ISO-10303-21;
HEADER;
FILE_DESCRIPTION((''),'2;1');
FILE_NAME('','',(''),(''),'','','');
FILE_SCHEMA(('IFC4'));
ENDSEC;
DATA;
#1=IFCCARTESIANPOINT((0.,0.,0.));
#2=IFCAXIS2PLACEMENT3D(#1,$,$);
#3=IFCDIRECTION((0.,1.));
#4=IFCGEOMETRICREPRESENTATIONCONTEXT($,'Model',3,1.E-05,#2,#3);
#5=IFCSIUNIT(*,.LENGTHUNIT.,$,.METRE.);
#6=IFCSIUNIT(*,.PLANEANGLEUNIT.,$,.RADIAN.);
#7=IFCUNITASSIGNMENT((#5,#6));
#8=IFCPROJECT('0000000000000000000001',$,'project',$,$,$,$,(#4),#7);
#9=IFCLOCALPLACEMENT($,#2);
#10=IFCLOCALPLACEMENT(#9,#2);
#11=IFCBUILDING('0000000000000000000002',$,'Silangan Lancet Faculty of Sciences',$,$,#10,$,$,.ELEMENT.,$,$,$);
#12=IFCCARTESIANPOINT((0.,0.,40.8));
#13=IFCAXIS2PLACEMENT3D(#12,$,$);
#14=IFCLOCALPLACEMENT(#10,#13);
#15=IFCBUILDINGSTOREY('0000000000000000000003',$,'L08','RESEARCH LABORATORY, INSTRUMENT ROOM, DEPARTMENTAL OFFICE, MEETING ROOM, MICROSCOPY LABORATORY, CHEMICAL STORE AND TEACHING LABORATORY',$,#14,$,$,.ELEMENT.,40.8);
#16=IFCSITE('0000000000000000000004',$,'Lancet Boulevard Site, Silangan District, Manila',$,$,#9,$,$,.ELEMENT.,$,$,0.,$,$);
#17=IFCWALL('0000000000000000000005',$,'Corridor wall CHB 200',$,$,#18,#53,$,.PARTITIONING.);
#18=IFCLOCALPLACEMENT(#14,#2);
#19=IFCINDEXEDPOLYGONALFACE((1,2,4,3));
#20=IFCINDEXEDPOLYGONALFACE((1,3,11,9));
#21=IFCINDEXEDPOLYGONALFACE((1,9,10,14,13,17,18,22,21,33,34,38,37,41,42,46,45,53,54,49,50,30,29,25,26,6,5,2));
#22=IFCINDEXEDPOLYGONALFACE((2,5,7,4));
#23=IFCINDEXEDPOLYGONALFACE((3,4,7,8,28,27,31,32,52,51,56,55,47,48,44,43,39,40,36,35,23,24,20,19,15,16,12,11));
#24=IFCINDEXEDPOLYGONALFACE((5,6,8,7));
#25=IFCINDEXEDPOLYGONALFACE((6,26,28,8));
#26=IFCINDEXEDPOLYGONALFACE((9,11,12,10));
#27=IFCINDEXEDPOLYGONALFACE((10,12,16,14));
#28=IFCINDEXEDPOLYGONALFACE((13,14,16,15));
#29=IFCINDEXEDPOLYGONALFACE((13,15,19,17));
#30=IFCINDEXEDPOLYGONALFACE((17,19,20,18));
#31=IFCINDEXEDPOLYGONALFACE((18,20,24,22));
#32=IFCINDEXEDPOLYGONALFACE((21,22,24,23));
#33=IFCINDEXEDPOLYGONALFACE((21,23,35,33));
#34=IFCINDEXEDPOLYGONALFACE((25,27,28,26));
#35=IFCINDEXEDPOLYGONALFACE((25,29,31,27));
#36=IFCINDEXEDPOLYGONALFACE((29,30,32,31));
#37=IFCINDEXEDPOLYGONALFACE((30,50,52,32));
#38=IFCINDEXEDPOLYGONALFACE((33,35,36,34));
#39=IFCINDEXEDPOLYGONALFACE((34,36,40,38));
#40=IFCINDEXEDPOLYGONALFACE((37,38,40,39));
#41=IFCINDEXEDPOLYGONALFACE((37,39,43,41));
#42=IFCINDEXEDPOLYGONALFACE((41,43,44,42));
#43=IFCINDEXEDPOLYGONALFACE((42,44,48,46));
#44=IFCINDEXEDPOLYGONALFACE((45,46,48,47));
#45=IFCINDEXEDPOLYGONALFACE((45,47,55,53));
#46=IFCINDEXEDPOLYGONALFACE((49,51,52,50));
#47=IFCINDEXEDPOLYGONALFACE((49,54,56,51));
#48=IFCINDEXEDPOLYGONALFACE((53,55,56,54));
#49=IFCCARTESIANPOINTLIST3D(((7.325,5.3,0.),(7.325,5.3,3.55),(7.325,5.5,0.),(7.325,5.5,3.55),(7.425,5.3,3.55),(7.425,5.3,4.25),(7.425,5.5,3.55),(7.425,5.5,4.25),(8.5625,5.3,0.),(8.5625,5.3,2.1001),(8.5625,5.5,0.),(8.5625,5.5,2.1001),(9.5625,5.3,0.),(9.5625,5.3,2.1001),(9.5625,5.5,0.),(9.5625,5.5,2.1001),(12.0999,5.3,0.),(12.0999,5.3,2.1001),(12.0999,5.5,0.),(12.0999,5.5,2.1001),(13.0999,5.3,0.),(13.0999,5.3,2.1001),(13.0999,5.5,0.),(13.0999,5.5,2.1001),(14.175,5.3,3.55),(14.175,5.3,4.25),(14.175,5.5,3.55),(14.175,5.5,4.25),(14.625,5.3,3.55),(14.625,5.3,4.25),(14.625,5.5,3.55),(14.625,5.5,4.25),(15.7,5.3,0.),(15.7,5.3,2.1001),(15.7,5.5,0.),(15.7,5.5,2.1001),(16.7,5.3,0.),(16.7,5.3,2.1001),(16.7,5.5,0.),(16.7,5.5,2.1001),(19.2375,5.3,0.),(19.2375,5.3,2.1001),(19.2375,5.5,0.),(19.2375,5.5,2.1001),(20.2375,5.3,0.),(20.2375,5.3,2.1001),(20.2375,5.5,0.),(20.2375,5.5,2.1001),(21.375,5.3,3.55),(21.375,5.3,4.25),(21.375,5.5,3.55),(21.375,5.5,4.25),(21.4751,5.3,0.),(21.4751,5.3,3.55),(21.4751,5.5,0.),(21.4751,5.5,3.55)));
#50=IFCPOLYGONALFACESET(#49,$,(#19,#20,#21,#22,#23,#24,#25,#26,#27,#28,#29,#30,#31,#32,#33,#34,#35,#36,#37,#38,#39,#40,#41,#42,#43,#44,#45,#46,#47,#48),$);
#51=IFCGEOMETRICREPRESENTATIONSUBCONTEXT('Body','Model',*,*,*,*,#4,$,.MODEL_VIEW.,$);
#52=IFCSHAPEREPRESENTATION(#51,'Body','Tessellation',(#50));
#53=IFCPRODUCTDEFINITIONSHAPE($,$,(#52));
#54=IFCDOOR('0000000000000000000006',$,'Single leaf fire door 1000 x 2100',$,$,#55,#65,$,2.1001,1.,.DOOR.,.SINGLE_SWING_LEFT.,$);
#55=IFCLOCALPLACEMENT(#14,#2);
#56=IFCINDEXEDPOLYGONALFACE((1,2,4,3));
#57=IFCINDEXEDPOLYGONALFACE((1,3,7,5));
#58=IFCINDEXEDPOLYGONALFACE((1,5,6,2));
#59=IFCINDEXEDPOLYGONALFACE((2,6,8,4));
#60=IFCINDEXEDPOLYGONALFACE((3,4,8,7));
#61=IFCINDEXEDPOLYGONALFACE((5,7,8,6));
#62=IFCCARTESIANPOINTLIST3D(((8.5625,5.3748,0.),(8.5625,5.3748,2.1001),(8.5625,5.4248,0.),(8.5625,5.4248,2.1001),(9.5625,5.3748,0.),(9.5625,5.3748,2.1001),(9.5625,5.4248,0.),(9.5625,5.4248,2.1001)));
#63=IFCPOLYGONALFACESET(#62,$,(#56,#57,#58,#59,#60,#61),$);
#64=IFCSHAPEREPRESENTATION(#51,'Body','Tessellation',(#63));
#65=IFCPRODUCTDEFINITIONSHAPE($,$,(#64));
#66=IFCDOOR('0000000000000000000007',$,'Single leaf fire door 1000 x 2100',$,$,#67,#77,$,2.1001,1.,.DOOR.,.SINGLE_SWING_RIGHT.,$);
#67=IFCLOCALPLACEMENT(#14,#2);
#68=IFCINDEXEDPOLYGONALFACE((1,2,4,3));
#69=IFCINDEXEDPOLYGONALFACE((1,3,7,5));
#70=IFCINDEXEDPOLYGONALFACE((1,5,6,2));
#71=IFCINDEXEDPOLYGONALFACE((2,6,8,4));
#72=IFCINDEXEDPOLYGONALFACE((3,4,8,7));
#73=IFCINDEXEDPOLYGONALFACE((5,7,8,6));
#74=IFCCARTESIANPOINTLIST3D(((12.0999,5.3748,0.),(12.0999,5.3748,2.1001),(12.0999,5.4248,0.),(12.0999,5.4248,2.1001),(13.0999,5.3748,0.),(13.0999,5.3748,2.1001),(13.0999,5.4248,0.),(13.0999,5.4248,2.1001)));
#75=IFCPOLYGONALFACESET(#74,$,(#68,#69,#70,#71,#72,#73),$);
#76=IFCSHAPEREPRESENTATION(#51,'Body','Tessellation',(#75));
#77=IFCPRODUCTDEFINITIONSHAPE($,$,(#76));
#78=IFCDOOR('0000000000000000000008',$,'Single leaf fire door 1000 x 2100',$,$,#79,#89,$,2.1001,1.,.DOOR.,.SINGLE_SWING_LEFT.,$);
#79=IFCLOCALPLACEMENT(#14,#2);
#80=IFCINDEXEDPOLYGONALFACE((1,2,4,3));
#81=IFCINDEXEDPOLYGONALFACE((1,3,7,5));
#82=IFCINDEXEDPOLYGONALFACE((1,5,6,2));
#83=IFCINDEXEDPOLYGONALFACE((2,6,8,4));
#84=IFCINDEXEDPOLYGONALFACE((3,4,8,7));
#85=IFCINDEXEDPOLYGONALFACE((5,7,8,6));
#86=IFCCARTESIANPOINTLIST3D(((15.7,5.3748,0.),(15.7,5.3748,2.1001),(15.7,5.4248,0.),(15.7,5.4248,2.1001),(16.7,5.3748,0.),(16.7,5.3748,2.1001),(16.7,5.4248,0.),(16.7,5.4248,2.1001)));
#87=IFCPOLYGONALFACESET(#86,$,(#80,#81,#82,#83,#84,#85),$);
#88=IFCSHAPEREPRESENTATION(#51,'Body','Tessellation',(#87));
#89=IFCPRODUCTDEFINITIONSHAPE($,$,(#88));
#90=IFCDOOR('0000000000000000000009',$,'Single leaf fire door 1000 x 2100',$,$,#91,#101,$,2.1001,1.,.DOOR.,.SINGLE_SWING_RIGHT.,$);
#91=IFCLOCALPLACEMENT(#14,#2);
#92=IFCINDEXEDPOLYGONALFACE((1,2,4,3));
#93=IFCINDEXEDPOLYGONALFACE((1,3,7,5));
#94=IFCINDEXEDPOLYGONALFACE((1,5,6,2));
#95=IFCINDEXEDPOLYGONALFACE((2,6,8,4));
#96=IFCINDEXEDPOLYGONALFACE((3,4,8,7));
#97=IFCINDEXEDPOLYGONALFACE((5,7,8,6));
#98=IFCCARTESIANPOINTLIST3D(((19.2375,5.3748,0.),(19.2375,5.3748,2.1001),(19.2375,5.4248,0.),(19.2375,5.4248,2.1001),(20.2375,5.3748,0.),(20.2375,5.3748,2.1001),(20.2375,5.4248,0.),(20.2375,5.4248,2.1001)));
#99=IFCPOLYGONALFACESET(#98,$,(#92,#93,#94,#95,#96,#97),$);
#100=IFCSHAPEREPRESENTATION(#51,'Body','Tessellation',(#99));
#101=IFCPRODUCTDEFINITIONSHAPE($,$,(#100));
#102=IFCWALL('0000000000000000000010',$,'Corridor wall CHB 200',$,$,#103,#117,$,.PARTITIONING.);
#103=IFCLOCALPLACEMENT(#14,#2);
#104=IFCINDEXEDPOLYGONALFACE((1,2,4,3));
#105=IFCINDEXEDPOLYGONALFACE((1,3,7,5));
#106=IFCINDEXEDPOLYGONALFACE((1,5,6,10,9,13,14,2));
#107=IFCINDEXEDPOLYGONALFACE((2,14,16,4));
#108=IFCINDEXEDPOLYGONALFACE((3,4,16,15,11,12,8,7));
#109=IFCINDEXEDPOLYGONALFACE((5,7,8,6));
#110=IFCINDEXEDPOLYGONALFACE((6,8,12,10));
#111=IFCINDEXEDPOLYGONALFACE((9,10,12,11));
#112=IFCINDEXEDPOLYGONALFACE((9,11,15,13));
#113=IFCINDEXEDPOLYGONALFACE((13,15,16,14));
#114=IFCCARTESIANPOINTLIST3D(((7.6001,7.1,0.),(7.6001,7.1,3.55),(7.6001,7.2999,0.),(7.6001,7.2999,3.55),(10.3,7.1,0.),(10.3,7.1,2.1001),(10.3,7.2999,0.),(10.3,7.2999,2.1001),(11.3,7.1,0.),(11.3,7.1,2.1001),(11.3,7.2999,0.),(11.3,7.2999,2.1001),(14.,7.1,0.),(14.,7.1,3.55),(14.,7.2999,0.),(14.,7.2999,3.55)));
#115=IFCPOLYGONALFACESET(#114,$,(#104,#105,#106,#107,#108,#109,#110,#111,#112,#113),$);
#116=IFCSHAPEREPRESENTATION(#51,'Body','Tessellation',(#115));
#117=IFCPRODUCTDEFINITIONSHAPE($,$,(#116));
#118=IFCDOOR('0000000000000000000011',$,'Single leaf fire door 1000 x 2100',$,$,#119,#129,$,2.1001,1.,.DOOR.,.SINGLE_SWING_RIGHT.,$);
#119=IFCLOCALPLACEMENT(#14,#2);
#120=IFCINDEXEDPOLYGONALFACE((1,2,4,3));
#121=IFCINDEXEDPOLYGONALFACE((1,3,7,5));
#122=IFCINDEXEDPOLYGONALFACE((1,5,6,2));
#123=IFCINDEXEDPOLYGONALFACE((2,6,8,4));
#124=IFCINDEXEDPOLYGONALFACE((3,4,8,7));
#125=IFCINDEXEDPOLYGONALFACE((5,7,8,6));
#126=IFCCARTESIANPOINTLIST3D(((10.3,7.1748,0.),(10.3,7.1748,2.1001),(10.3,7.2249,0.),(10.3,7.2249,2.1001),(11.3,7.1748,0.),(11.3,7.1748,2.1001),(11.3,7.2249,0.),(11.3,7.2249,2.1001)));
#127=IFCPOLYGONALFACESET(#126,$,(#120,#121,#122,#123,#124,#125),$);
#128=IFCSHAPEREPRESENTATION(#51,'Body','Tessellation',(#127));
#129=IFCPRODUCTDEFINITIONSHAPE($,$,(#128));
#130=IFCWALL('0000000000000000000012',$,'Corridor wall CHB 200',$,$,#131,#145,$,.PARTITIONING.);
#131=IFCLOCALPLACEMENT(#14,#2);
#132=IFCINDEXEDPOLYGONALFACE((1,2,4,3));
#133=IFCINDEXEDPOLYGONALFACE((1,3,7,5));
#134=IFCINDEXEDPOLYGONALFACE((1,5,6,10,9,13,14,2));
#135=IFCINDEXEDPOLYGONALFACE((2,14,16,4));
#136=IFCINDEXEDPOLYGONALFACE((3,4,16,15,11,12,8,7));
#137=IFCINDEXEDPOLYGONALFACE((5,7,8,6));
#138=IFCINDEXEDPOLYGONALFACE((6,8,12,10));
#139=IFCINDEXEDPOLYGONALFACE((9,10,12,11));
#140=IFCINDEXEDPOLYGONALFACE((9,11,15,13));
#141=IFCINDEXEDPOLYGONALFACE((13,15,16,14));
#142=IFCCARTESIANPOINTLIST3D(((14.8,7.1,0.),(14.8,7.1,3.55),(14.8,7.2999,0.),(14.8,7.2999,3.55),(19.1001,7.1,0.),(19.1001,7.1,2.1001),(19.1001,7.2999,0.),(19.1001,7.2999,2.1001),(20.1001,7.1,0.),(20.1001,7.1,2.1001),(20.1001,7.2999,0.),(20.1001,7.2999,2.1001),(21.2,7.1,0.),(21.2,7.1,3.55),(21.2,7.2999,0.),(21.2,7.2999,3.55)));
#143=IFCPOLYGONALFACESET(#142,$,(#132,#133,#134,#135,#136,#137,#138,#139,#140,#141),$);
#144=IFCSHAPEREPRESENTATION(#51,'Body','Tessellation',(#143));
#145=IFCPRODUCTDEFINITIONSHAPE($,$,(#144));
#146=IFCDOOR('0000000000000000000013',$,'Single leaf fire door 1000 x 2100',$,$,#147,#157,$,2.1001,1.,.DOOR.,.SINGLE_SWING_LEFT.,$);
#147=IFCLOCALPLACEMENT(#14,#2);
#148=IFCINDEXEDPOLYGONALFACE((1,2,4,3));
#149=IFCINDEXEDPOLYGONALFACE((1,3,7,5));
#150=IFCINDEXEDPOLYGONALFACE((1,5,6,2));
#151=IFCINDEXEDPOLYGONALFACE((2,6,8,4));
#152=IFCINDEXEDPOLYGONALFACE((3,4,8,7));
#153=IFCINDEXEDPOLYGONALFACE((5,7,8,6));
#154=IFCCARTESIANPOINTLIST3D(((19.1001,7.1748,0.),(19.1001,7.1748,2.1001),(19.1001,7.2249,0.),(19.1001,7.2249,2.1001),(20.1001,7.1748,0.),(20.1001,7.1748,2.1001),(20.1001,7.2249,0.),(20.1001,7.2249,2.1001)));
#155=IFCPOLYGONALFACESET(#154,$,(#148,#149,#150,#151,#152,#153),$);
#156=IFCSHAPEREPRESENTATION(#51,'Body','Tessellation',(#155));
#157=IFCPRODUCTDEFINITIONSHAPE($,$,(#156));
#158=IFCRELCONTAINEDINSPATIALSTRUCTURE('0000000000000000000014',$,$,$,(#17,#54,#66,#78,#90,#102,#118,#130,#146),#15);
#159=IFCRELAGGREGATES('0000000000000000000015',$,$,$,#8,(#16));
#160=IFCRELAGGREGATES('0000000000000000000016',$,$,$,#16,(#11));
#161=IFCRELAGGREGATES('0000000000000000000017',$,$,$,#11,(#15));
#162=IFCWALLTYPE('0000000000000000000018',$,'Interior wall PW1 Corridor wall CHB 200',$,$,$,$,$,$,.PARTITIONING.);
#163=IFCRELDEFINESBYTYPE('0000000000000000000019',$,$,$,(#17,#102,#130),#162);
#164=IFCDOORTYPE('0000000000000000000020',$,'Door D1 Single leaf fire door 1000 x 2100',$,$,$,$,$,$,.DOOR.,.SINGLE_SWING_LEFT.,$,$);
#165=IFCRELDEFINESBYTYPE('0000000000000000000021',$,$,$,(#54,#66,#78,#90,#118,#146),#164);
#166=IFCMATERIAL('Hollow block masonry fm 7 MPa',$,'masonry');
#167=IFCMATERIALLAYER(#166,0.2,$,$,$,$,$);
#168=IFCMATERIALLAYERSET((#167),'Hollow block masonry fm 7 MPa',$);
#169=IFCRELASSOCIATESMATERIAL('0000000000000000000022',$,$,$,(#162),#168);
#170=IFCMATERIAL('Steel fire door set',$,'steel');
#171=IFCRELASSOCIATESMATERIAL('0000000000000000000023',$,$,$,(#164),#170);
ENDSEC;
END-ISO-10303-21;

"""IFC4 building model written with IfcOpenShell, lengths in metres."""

from ifc_helpers import new_model, si_unit, direction, frame, frame_2d, origin, place, context, subcontext, project, spatial, polyline, rectangle, outline, extrude, material, layer, layer_set, type_object, element, fill, save


model = new_model("IFC4")

# Units and contexts
model_context = context("Model", 3, precision=1e-05, world=origin(), true_north=direction((0.0, 1.0)))
body_context = subcontext(model_context, "Body", "Model", "MODEL_VIEW")
ifc_project = project(units=[si_unit("LENGTHUNIT", "METRE"), si_unit("PLANEANGLEUNIT", "RADIAN")], contexts=[model_context])

# Site, building, storey
site_placement = place(None, origin())
site = spatial("IfcSite", under=ifc_project, at=site_placement, Name="Lancet Boulevard Site, Silangan District, Manila", CompositionType="ELEMENT", RefElevation=0.0)
building_placement = place(site_placement, origin())
building = spatial("IfcBuilding", under=site, at=building_placement, Name="Silangan Lancet Faculty of Sciences", CompositionType="ELEMENT")
storey_placement = place(building_placement, frame((0.0, 0.0, 40.8)))
storey = spatial("IfcBuildingStorey", under=building, at=storey_placement, Name="L08", Description="RESEARCH LABORATORY, INSTRUMENT ROOM, DEPARTMENTAL OFFICE, MEETING ROOM, MICROSCOPY LABORATORY, CHEMICAL STORE AND TEACHING LABORATORY", CompositionType="ELEMENT", Elevation=40.8)

# Wall, openings, doors
ifc_material_1 = material(Name="Hollow block masonry fm 7 MPa", Category="masonry")
ifc_layer_1 = layer(ifc_material_1, 0.2)
ifc_layer_set_1 = layer_set([ifc_layer_1], Name="Hollow block masonry fm 7 MPa")
wall_type_1 = type_object("IfcWallType", Name="Interior wall PW1 Corridor wall CHB 200", PredefinedType="PARTITIONING", material=ifc_layer_set_1)
wall_1_placement = place(storey_placement, frame((7.325, 5.3999, 0.0), z_axis=(0.0, 0.0, 1.0), x_axis=(1.0, 0.0, 0.0)))
wall_1 = element("IfcWall", 1, at=wall_1_placement, inside=storey, type_object=wall_type_1, Name="Corridor wall CHB 200", PredefinedType="PARTITIONING", context=body_context, shape_type="SweptSolid", body=[
    extrude(outline(polyline([(0.0, 0.0), (14.1501, 0.0), (14.1501, 3.55), (14.05, 3.55), (14.05, 4.25), (7.3, 4.25), (7.3, 3.55), (6.8501, 3.55), (6.8501, 4.25), (0.1001, 4.25), (0.1001, 3.55), (0.0, 3.55), (0.0, 0.0)])), frame((0.0, 0.1001, 0.0), z_axis=(0.0, -1.0, 0.0), x_axis=(1.0, 0.0, 0.0)), (0.0, 0.0, 1.0), 0.2),
])
opening_1_placement = place(wall_1_placement, frame((1.2375, 0.0, 0.0)))
opening_1 = element("IfcOpeningElement", 2, at=opening_1_placement, cuts=wall_1, PredefinedType="OPENING", context=body_context, shape_type="SweptSolid", body=[
    extrude(rectangle(XDim=1.0, YDim=2.1001, at=frame_2d((0.5, 1.05))), frame((0.0, 0.1099, 0.0), z_axis=(0.0, -1.0, 0.0), x_axis=(1.0, 0.0, 0.0)), (0.0, 0.0, 1.0), 0.22),
])
opening_2_placement = place(wall_1_placement, frame((4.7749, 0.0, 0.0)))
opening_2 = element("IfcOpeningElement", 3, at=opening_2_placement, cuts=wall_1, PredefinedType="OPENING", context=body_context, shape_type="SweptSolid", body=[
    extrude(rectangle(XDim=1.0, YDim=2.1001, at=frame_2d((0.5, 1.05))), frame((0.0, 0.1099, 0.0), z_axis=(0.0, -1.0, 0.0), x_axis=(1.0, 0.0, 0.0)), (0.0, 0.0, 1.0), 0.22),
])
opening_3_placement = place(wall_1_placement, frame((8.375, 0.0, 0.0)))
opening_3 = element("IfcOpeningElement", 4, at=opening_3_placement, cuts=wall_1, PredefinedType="OPENING", context=body_context, shape_type="SweptSolid", body=[
    extrude(rectangle(XDim=1.0, YDim=2.1001, at=frame_2d((0.5, 1.05))), frame((0.0, 0.1099, 0.0), z_axis=(0.0, -1.0, 0.0), x_axis=(1.0, 0.0, 0.0)), (0.0, 0.0, 1.0), 0.22),
])
opening_4_placement = place(wall_1_placement, frame((11.9126, 0.0, 0.0)))
opening_4 = element("IfcOpeningElement", 5, at=opening_4_placement, cuts=wall_1, PredefinedType="OPENING", context=body_context, shape_type="SweptSolid", body=[
    extrude(rectangle(XDim=1.0, YDim=2.1001, at=frame_2d((0.5, 1.05))), frame((0.0, 0.1099, 0.0), z_axis=(0.0, -1.0, 0.0), x_axis=(1.0, 0.0, 0.0)), (0.0, 0.0, 1.0), 0.22),
])
ifc_material_2 = material(Name="Steel fire door set", Category="steel")
door_type_1 = type_object("IfcDoorType", Name="Door D1 Single leaf fire door 1000 x 2100", OperationType="SINGLE_SWING_LEFT", PredefinedType="DOOR", material=ifc_material_2)
door_1_placement = place(opening_1_placement, frame((1.0, 0.0, 0.0), z_axis=(0.0, 0.0, 1.0), x_axis=(-1.0, 0.0, 0.0)))
door_1 = element("IfcDoor", 6, at=door_1_placement, inside=storey, type_object=door_type_1, Name="Single leaf fire door 1000 x 2100", OperationType="SINGLE_SWING_LEFT", OverallHeight=2.1001, OverallWidth=1.0, PredefinedType="DOOR", context=body_context, shape_type="SweptSolid", body=[
    extrude(rectangle(XDim=1.0, YDim=2.1001, at=frame_2d((0.5, 1.05))), frame((0.0, 0.0251, 0.0), z_axis=(0.0, -1.0, 0.0), x_axis=(1.0, 0.0, 0.0)), (0.0, 0.0, 1.0), 0.05),
])
fill(opening_1, door_1)
door_2_placement = place(opening_2_placement, frame((1.0, 0.0, 0.0), z_axis=(0.0, 0.0, 1.0), x_axis=(-1.0, 0.0, 0.0)))
door_2 = element("IfcDoor", 7, at=door_2_placement, inside=storey, type_object=door_type_1, Name="Single leaf fire door 1000 x 2100", OperationType="SINGLE_SWING_RIGHT", OverallHeight=2.1001, OverallWidth=1.0, PredefinedType="DOOR", context=body_context, shape_type="SweptSolid", body=[
    extrude(rectangle(XDim=1.0, YDim=2.1001, at=frame_2d((0.5, 1.05))), frame((0.0, 0.0251, 0.0), z_axis=(0.0, -1.0, 0.0), x_axis=(1.0, 0.0, 0.0)), (0.0, 0.0, 1.0), 0.05),
])
fill(opening_2, door_2)
door_3_placement = place(opening_3_placement, frame((1.0, 0.0, 0.0), z_axis=(0.0, 0.0, 1.0), x_axis=(-1.0, 0.0, 0.0)))
door_3 = element("IfcDoor", 8, at=door_3_placement, inside=storey, type_object=door_type_1, Name="Single leaf fire door 1000 x 2100", OperationType="SINGLE_SWING_LEFT", OverallHeight=2.1001, OverallWidth=1.0, PredefinedType="DOOR", context=body_context, shape_type="SweptSolid", body=[
    extrude(rectangle(XDim=1.0, YDim=2.1001, at=frame_2d((0.5, 1.05))), frame((0.0, 0.0251, 0.0), z_axis=(0.0, -1.0, 0.0), x_axis=(1.0, 0.0, 0.0)), (0.0, 0.0, 1.0), 0.05),
])
fill(opening_3, door_3)
door_4_placement = place(opening_4_placement, frame((1.0, 0.0, 0.0), z_axis=(0.0, 0.0, 1.0), x_axis=(-1.0, 0.0, 0.0)))
door_4 = element("IfcDoor", 9, at=door_4_placement, inside=storey, type_object=door_type_1, Name="Single leaf fire door 1000 x 2100", OperationType="SINGLE_SWING_RIGHT", OverallHeight=2.1001, OverallWidth=1.0, PredefinedType="DOOR", context=body_context, shape_type="SweptSolid", body=[
    extrude(rectangle(XDim=1.0, YDim=2.1001, at=frame_2d((0.5, 1.05))), frame((0.0, 0.0251, 0.0), z_axis=(0.0, -1.0, 0.0), x_axis=(1.0, 0.0, 0.0)), (0.0, 0.0, 1.0), 0.05),
])
fill(opening_4, door_4)

# Walls, openings, doors
wall_2_placement = place(storey_placement, frame((7.6001, 7.2, 0.0), z_axis=(0.0, 0.0, 1.0), x_axis=(1.0, 0.0, 0.0)))
wall_2 = element("IfcWall", 10, at=wall_2_placement, inside=storey, type_object=wall_type_1, Name="Corridor wall CHB 200", PredefinedType="PARTITIONING", context=body_context, shape_type="SweptSolid", body=[
    extrude(rectangle(XDim=6.3999, YDim=0.2, at=frame_2d((3.2, 0.0))), origin(), (0.0, 0.0, 1.0), 3.55),
])
opening_5_placement = place(wall_2_placement, frame((2.7, 0.0, 0.0)))
opening_5 = element("IfcOpeningElement", 11, at=opening_5_placement, cuts=wall_2, PredefinedType="OPENING", context=body_context, shape_type="SweptSolid", body=[
    extrude(rectangle(XDim=1.0, YDim=2.1001, at=frame_2d((0.5, 1.05))), frame((0.0, 0.1099, 0.0), z_axis=(0.0, -1.0, 0.0), x_axis=(1.0, 0.0, 0.0)), (0.0, 0.0, 1.0), 0.22),
])
door_5_placement = place(opening_5_placement, frame((1.0, 0.0, 0.0), z_axis=(0.0, 0.0, 1.0), x_axis=(-1.0, 0.0, 0.0)))
door_5 = element("IfcDoor", 12, at=door_5_placement, inside=storey, type_object=door_type_1, Name="Single leaf fire door 1000 x 2100", OperationType="SINGLE_SWING_RIGHT", OverallHeight=2.1001, OverallWidth=1.0, PredefinedType="DOOR", context=body_context, shape_type="SweptSolid", body=[
    extrude(rectangle(XDim=1.0, YDim=2.1001, at=frame_2d((0.5, 1.05))), frame((0.0, 0.0251, 0.0), z_axis=(0.0, -1.0, 0.0), x_axis=(1.0, 0.0, 0.0)), (0.0, 0.0, 1.0), 0.05),
])
fill(opening_5, door_5)
wall_3_placement = place(storey_placement, frame((14.8, 7.2, 0.0), z_axis=(0.0, 0.0, 1.0), x_axis=(1.0, 0.0, 0.0)))
wall_3 = element("IfcWall", 13, at=wall_3_placement, inside=storey, type_object=wall_type_1, Name="Corridor wall CHB 200", PredefinedType="PARTITIONING", context=body_context, shape_type="SweptSolid", body=[
    extrude(rectangle(XDim=6.3999, YDim=0.2, at=frame_2d((3.2, 0.0))), origin(), (0.0, 0.0, 1.0), 3.55),
])
opening_6_placement = place(wall_3_placement, frame((4.3, 0.0, 0.0)))
opening_6 = element("IfcOpeningElement", 14, at=opening_6_placement, cuts=wall_3, PredefinedType="OPENING", context=body_context, shape_type="SweptSolid", body=[
    extrude(rectangle(XDim=1.0, YDim=2.1001, at=frame_2d((0.5, 1.05))), frame((0.0, 0.1099, 0.0), z_axis=(0.0, -1.0, 0.0), x_axis=(1.0, 0.0, 0.0)), (0.0, 0.0, 1.0), 0.22),
])
door_6_placement = place(opening_6_placement, frame((1.0, 0.0, 0.0), z_axis=(0.0, 0.0, 1.0), x_axis=(-1.0, 0.0, 0.0)))
door_6 = element("IfcDoor", 15, at=door_6_placement, inside=storey, type_object=door_type_1, Name="Single leaf fire door 1000 x 2100", OperationType="SINGLE_SWING_LEFT", OverallHeight=2.1001, OverallWidth=1.0, PredefinedType="DOOR", context=body_context, shape_type="SweptSolid", body=[
    extrude(rectangle(XDim=1.0, YDim=2.1001, at=frame_2d((0.5, 1.05))), frame((0.0, 0.0251, 0.0), z_axis=(0.0, -1.0, 0.0), x_axis=(1.0, 0.0, 0.0)), (0.0, 0.0, 1.0), 0.05),
])
fill(opening_6, door_6)

save(model, "model.ifc")
